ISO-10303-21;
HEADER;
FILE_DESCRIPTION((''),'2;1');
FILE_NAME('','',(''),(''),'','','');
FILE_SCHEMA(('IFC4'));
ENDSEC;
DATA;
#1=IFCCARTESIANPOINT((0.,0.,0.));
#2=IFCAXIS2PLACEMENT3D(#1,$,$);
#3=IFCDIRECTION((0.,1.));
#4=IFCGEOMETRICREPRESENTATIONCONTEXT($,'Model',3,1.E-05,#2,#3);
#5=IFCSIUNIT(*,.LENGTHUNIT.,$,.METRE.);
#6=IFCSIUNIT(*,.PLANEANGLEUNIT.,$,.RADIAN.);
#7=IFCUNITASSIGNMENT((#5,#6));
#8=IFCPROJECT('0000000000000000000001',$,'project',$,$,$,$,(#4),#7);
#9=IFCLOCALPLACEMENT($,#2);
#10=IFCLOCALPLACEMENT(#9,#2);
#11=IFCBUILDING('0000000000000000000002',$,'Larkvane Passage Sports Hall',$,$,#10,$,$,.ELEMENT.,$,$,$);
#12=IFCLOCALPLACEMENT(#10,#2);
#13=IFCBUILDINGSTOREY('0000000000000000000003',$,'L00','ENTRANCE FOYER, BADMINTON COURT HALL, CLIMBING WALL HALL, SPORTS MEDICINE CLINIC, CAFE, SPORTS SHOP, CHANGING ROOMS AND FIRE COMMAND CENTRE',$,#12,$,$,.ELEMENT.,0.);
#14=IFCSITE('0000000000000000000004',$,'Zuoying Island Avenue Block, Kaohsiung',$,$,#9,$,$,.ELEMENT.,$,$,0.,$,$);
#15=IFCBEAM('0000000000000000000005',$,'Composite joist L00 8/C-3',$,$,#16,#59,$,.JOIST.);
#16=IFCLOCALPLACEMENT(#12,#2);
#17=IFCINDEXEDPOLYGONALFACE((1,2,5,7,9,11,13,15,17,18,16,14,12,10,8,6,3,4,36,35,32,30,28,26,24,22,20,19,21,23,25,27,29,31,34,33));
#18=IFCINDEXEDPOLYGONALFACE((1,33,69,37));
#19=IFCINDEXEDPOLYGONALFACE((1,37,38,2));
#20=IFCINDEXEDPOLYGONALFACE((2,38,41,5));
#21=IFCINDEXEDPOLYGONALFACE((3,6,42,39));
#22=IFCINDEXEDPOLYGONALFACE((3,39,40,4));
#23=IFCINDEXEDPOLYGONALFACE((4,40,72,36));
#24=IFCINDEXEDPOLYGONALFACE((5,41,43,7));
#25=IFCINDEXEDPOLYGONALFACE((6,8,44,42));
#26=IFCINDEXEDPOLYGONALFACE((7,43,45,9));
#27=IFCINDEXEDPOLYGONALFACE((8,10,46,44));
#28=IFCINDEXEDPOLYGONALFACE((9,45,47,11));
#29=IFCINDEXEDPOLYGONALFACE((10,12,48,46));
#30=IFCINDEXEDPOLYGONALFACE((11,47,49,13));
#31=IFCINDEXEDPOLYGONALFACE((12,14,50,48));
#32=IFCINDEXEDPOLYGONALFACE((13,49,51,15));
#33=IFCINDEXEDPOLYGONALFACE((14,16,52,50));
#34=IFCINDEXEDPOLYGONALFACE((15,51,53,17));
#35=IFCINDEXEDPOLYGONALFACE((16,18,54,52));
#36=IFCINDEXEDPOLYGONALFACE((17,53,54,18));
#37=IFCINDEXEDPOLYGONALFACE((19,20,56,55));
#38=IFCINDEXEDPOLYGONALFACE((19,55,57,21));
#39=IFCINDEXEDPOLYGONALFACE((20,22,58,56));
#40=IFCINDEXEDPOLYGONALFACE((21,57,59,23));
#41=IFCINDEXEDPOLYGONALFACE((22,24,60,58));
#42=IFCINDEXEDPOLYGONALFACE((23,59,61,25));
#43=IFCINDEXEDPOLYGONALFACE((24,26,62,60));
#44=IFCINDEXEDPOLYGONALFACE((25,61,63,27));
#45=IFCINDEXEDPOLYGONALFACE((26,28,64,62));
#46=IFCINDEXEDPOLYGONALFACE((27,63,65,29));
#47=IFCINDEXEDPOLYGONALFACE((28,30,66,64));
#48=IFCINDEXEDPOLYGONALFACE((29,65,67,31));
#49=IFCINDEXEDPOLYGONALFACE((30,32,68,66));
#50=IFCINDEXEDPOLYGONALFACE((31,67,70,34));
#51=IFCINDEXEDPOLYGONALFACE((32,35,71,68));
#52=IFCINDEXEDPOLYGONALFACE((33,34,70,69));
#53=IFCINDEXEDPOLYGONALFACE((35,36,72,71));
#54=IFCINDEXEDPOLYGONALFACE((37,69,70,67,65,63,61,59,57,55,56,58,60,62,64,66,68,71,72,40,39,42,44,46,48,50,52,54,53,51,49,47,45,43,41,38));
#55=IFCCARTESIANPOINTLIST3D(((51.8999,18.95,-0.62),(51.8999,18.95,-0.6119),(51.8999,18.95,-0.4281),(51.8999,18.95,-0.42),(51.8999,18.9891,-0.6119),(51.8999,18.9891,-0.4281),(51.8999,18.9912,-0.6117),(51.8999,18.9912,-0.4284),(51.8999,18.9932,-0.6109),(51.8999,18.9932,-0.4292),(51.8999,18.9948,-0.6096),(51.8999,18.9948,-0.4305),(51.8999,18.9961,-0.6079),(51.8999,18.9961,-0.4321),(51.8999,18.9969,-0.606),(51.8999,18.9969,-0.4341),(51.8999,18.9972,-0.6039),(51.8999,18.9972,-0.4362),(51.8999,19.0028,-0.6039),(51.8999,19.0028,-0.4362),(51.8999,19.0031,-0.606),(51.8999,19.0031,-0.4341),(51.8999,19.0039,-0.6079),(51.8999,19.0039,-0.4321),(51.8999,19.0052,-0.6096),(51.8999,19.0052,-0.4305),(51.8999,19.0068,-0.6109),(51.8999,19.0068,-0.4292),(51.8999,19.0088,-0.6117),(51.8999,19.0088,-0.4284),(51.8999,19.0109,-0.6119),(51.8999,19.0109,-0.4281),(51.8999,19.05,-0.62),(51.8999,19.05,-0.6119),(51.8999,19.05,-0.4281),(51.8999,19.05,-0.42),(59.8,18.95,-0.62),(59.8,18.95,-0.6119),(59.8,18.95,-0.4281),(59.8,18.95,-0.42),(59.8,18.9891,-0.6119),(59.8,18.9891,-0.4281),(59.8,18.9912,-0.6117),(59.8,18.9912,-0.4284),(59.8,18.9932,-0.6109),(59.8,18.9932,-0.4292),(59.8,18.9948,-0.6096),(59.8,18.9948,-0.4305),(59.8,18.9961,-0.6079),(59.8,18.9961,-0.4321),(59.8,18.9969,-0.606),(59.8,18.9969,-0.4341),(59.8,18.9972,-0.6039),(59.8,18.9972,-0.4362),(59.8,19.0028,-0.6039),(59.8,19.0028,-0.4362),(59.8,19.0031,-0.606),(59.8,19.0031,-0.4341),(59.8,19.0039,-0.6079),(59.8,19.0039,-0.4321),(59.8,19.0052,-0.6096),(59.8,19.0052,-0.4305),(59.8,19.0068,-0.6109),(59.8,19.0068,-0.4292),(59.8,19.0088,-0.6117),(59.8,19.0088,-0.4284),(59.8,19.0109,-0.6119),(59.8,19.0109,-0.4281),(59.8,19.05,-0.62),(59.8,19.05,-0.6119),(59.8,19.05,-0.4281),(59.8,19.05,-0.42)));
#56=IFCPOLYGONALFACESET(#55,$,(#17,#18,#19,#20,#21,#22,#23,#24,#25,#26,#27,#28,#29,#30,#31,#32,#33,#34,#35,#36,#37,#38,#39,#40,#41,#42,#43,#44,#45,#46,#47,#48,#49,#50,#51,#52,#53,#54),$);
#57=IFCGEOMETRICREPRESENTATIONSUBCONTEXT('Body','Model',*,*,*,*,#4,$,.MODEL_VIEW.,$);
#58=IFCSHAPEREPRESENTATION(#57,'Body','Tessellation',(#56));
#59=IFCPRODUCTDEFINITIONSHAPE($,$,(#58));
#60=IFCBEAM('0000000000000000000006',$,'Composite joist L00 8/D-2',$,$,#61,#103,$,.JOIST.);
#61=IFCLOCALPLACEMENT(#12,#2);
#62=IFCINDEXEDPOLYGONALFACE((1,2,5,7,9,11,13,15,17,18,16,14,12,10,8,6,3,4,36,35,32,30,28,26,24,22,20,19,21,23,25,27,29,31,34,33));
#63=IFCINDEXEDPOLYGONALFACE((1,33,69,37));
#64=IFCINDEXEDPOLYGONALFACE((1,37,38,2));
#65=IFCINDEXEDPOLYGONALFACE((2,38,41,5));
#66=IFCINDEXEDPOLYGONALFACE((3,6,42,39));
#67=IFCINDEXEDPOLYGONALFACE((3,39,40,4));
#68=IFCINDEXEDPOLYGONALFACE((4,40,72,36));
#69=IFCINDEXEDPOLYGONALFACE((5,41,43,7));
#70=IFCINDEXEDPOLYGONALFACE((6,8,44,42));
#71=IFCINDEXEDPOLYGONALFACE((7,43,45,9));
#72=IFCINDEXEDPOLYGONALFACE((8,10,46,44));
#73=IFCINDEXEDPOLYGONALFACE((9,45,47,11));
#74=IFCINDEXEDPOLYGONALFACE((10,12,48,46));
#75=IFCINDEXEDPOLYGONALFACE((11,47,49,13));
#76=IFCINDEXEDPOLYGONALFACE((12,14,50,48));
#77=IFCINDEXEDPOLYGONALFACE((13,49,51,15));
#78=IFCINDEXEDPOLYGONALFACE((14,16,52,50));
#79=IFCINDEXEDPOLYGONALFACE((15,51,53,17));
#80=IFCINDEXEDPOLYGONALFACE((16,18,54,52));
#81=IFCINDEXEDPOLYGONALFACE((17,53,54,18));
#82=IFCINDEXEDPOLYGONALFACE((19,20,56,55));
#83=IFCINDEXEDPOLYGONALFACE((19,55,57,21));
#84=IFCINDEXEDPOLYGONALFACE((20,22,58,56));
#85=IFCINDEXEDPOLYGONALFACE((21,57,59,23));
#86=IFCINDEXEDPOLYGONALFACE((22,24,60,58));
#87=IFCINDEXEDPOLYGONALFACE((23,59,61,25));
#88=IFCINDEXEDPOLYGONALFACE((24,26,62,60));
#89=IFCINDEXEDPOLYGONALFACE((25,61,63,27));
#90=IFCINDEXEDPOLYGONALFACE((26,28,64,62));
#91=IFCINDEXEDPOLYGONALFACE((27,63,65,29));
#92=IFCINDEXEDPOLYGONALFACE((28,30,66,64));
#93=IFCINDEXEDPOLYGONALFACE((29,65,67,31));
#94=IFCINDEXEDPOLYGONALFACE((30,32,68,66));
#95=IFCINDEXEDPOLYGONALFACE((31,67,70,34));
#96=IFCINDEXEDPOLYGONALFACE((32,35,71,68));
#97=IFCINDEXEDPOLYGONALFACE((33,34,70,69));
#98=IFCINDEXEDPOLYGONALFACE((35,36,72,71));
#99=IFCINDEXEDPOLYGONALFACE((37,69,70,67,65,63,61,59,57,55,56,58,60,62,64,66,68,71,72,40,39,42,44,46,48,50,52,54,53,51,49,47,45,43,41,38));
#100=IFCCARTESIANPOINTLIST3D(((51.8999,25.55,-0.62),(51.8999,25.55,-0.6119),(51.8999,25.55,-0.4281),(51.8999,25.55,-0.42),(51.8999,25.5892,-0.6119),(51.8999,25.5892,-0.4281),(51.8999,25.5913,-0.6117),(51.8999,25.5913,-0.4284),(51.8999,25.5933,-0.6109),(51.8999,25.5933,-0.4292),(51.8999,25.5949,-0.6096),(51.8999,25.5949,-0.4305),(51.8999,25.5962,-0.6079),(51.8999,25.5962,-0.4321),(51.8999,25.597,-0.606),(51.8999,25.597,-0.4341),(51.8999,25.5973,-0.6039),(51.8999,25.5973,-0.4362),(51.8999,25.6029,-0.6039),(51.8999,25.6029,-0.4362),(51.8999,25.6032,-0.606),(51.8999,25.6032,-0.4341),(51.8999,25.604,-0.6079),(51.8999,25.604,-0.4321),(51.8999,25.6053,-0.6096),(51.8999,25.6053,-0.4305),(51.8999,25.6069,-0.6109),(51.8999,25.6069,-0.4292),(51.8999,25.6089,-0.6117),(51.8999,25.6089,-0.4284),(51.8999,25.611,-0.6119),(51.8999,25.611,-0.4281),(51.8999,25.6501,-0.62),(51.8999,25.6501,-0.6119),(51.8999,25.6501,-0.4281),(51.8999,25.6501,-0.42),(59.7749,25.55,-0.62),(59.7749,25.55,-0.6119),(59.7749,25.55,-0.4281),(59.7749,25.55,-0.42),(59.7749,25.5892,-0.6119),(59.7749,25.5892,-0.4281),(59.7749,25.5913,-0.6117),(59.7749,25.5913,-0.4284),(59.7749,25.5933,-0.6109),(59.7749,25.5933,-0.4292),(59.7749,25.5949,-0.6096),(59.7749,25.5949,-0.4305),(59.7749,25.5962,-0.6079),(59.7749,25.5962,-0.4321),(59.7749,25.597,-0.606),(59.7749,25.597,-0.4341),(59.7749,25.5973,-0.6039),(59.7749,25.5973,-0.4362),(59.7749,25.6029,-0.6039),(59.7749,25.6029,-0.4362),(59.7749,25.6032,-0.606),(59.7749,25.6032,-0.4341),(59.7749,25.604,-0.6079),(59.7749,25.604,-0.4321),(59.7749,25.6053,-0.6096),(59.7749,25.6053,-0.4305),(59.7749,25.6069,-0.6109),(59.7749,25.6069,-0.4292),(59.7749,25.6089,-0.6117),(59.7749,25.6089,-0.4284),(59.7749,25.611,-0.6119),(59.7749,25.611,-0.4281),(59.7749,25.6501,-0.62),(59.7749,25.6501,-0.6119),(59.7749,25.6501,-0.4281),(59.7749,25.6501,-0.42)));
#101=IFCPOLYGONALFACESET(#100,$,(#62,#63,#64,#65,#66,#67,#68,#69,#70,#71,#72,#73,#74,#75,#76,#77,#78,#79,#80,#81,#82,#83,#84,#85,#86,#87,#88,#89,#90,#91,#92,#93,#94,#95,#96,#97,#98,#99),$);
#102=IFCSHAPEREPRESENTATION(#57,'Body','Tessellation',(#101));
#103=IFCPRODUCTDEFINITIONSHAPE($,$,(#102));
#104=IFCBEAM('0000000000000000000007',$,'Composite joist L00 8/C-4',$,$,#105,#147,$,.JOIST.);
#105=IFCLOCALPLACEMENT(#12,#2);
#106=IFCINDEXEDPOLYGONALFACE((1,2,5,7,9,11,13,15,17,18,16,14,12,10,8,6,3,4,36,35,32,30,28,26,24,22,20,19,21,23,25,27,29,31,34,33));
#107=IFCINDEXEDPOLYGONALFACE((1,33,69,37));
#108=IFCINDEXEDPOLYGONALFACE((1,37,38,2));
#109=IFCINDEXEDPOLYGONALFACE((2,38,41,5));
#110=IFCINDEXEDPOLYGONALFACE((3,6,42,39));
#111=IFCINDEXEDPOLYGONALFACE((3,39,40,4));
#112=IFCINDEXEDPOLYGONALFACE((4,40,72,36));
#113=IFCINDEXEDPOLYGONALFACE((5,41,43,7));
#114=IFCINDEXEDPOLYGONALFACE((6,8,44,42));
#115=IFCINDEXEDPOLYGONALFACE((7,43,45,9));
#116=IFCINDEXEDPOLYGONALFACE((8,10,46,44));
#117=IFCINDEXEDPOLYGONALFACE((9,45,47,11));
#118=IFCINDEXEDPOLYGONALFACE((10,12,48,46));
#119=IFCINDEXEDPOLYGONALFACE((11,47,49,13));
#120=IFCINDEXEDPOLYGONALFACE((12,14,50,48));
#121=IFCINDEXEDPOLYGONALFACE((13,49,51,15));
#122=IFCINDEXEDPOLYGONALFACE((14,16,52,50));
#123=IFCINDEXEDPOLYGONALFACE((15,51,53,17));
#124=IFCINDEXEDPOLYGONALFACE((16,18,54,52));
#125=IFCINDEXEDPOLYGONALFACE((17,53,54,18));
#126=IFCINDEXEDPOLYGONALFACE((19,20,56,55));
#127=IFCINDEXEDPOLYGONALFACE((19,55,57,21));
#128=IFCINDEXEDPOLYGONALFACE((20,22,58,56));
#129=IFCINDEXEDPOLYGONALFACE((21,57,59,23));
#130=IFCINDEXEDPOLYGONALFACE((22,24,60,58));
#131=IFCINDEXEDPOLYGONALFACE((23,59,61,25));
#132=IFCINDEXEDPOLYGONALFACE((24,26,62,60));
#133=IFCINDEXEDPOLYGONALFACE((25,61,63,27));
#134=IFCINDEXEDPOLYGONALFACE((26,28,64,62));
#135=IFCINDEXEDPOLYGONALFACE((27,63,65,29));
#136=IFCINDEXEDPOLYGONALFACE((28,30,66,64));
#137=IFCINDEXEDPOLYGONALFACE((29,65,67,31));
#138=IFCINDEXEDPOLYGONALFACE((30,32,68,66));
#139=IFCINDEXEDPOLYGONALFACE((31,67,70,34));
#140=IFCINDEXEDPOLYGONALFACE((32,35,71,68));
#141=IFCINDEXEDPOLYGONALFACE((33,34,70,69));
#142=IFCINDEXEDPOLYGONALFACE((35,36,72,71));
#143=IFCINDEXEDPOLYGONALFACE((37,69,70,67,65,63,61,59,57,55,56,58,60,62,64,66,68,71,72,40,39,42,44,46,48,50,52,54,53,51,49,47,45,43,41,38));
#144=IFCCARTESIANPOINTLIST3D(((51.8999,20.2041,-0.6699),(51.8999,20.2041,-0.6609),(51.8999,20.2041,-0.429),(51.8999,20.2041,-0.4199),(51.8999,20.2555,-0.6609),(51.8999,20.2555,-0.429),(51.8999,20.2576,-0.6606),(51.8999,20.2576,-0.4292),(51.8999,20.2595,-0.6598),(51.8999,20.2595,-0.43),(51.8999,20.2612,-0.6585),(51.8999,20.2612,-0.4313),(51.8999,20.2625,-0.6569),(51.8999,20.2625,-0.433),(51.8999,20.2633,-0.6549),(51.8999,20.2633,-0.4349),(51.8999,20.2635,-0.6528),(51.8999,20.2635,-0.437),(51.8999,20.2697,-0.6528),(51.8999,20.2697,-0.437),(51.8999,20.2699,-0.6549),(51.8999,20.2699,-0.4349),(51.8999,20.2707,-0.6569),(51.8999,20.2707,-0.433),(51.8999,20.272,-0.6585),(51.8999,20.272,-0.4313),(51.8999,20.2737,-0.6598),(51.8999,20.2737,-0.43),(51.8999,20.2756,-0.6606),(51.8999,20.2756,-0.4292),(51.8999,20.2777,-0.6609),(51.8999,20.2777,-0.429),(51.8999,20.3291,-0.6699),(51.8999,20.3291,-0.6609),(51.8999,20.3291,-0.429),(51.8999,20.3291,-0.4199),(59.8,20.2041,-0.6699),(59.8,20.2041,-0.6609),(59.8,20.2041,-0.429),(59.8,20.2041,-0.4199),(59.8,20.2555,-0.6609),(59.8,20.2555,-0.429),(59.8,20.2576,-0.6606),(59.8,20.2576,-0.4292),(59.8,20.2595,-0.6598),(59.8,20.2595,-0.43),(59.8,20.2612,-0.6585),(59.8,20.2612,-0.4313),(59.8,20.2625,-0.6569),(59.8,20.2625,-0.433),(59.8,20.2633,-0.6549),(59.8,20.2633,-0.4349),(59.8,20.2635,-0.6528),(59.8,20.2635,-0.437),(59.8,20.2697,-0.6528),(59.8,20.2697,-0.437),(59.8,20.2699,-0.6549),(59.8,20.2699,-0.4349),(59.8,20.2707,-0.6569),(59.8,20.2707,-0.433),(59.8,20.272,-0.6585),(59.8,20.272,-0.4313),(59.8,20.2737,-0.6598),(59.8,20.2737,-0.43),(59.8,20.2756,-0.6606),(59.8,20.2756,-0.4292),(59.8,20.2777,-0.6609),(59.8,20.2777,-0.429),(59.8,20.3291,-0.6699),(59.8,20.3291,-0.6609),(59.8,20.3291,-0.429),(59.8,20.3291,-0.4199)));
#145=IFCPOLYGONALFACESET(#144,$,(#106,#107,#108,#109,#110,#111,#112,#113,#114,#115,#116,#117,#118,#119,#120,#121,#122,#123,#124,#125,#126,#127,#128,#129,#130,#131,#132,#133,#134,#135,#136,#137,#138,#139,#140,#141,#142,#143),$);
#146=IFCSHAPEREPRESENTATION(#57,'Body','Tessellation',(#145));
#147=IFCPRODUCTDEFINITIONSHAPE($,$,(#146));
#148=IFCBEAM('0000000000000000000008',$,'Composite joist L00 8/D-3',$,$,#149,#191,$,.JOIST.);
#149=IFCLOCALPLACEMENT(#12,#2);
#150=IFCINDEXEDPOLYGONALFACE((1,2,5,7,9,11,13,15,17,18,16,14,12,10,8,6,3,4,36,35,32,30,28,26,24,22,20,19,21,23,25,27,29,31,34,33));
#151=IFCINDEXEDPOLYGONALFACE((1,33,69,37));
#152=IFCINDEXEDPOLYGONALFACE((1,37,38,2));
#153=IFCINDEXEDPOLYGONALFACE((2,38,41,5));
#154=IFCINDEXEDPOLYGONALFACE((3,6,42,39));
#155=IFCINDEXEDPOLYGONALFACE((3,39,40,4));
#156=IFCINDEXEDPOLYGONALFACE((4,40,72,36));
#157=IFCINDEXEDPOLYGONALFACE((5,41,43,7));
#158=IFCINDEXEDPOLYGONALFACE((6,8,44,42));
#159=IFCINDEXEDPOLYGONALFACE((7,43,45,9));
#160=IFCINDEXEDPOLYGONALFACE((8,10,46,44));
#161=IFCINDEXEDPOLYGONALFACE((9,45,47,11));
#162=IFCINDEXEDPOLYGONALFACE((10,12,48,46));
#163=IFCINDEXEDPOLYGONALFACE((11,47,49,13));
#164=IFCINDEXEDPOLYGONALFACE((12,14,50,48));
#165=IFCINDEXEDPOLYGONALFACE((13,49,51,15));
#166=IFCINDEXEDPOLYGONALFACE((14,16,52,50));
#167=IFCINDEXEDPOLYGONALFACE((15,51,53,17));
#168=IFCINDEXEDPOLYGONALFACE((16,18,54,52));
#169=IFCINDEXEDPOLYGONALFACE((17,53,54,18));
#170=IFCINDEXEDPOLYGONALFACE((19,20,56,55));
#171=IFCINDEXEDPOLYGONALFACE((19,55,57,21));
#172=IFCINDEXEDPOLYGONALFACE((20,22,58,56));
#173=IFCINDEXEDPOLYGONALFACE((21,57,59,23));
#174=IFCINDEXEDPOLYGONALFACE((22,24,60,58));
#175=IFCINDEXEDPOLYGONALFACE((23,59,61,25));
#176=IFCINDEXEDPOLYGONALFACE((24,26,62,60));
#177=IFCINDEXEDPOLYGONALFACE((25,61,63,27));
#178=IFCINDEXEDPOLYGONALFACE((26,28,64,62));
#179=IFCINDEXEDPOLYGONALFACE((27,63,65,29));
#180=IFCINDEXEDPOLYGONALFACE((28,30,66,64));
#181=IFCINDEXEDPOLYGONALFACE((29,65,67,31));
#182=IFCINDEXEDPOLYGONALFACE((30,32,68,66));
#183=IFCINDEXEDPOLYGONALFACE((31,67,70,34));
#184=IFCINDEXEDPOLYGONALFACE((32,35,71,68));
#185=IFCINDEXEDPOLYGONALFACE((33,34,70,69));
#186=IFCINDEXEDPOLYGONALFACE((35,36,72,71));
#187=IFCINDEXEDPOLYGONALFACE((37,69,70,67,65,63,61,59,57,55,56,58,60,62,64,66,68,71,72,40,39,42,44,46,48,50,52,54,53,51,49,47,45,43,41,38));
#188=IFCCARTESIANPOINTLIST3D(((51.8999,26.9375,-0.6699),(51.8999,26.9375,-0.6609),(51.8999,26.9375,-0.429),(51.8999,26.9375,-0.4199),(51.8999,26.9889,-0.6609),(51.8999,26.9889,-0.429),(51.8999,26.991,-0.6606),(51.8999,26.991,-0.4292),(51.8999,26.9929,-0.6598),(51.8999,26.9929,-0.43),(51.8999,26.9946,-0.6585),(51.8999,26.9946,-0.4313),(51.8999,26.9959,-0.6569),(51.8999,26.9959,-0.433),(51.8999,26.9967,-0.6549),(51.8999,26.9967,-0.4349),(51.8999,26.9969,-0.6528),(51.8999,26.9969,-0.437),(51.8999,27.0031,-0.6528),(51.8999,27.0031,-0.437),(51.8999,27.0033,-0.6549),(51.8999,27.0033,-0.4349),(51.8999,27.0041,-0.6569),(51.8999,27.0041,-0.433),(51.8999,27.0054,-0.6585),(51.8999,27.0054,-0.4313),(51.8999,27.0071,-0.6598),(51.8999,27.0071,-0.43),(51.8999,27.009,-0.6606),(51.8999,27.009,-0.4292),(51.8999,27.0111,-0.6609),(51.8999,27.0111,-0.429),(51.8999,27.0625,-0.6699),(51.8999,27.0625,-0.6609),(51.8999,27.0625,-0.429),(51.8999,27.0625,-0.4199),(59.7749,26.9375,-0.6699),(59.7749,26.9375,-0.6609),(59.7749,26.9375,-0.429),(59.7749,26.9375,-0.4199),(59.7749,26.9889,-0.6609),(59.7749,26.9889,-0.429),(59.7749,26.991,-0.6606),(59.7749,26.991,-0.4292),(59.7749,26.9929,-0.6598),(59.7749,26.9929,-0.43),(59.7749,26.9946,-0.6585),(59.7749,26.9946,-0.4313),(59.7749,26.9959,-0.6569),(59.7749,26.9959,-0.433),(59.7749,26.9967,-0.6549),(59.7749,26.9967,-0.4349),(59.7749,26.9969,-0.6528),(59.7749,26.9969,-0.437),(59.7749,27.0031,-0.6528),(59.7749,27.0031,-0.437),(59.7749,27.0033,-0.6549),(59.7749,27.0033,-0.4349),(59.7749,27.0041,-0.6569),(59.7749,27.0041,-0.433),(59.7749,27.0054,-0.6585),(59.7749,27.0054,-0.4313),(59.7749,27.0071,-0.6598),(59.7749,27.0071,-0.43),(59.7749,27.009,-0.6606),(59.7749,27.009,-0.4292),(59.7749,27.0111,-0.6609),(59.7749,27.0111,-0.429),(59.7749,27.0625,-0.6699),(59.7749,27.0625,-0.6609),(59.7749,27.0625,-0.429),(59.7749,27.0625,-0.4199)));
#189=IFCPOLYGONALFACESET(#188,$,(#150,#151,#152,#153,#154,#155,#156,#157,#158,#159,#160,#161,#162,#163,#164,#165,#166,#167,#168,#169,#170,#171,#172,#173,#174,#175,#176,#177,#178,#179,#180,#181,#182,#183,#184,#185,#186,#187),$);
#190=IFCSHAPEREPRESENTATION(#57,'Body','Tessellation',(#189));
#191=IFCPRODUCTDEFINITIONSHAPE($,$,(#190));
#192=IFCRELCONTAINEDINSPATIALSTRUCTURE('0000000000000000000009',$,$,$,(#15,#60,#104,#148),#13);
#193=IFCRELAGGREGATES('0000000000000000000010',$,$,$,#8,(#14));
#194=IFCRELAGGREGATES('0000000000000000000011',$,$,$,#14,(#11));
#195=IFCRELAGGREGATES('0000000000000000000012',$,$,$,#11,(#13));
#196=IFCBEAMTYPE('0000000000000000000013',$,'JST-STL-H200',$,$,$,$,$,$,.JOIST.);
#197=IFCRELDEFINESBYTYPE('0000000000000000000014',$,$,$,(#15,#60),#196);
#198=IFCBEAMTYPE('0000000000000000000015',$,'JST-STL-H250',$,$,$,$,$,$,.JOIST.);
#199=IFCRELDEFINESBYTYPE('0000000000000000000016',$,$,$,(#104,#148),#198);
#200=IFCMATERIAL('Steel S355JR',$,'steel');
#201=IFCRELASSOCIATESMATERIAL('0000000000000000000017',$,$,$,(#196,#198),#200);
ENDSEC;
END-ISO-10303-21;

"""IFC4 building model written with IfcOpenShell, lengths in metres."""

from ifc_helpers import new_model, si_unit, direction, frame, origin, origin_2d, place, context, subcontext, project, spatial, i_section, extrude, material, material_profile, profile_set, type_object, element, save


model = new_model("IFC4")

# Units and contexts
model_context = context("Model", 3, precision=1e-05, world=origin(), true_north=direction((0.0, 1.0)))
body_context = subcontext(model_context, "Body", "Model", "MODEL_VIEW")
ifc_project = project(units=[si_unit("LENGTHUNIT", "METRE"), si_unit("PLANEANGLEUNIT", "RADIAN")], contexts=[model_context])

# Site, building, storey
site_placement = place(None, origin())
site = spatial("IfcSite", under=ifc_project, at=site_placement, Name="Zuoying Island Avenue Block, Kaohsiung", CompositionType="ELEMENT", RefElevation=0.0)
building_placement = place(site_placement, origin())
building = spatial("IfcBuilding", under=site, at=building_placement, Name="Larkvane Passage Sports Hall", CompositionType="ELEMENT")
storey_placement = place(building_placement, origin())
storey = spatial("IfcBuildingStorey", under=building, at=storey_placement, Name="L00", Description="ENTRANCE FOYER, BADMINTON COURT HALL, CLIMBING WALL HALL, SPORTS MEDICINE CLINIC, CAFE, SPORTS SHOP, CHANGING ROOMS AND FIRE COMMAND CENTRE", CompositionType="ELEMENT", Elevation=0.0)

# Beams
ifc_material_1 = material(Name="Steel S355JR", Category="steel")
ifc_material_profile_1 = material_profile(ifc_material_1, i_section(OverallWidth=0.1001, OverallDepth=0.2, WebThickness=0.0056, FlangeThickness=0.0081, FilletRadius=0.0081, at=origin_2d()), Name="H-200x100x5.5x8")
ifc_profile_set_1 = profile_set([ifc_material_profile_1], Name="Steel S355JR")
beam_type_1 = type_object("IfcBeamType", Name="JST-STL-H200", PredefinedType="JOIST", material=ifc_profile_set_1)
beam_1_placement = place(storey_placement, frame((51.8999, 19.0, -0.52), z_axis=(1.0, 0.0, 0.0), x_axis=(0.0, 1.0, 0.0)))
element("IfcBeam", 1, at=beam_1_placement, inside=storey, type_object=beam_type_1, Name="Composite joist L00 8/C-3", PredefinedType="JOIST", context=body_context, shape_type="SweptSolid", body=[
    extrude(i_section(OverallWidth=0.1001, OverallDepth=0.2, WebThickness=0.0056, FlangeThickness=0.0081, FilletRadius=0.0081, at=origin_2d()), origin(), (0.0, 0.0, 1.0), 7.9001),
])
beam_2_placement = place(storey_placement, frame((51.8999, 25.6001, -0.52), z_axis=(1.0, 0.0, 0.0), x_axis=(0.0, 1.0, 0.0)))
element("IfcBeam", 2, at=beam_2_placement, inside=storey, type_object=beam_type_1, Name="Composite joist L00 8/D-2", PredefinedType="JOIST", context=body_context, shape_type="SweptSolid", body=[
    extrude(i_section(OverallWidth=0.1001, OverallDepth=0.2, WebThickness=0.0056, FlangeThickness=0.0081, FilletRadius=0.0081, at=origin_2d()), origin(), (0.0, 0.0, 1.0), 7.875),
])
ifc_material_profile_2 = material_profile(ifc_material_1, i_section(OverallWidth=0.125, OverallDepth=0.25, WebThickness=0.0061, FlangeThickness=0.009, FilletRadius=0.0081, at=origin_2d()), Name="H-250x125x6x9")
ifc_profile_set_2 = profile_set([ifc_material_profile_2], Name="Steel S355JR")
beam_type_2 = type_object("IfcBeamType", Name="JST-STL-H250", PredefinedType="JOIST", material=ifc_profile_set_2)
beam_3_placement = place(storey_placement, frame((51.8999, 20.2666, -0.5449), z_axis=(1.0, 0.0, 0.0), x_axis=(0.0, 1.0, 0.0)))
element("IfcBeam", 3, at=beam_3_placement, inside=storey, type_object=beam_type_2, Name="Composite joist L00 8/C-4", PredefinedType="JOIST", context=body_context, shape_type="SweptSolid", body=[
    extrude(i_section(OverallWidth=0.125, OverallDepth=0.25, WebThickness=0.0061, FlangeThickness=0.009, FilletRadius=0.0081, at=origin_2d()), origin(), (0.0, 0.0, 1.0), 7.9001),
])
beam_4_placement = place(storey_placement, frame((51.8999, 27.0, -0.5449), z_axis=(1.0, 0.0, 0.0), x_axis=(0.0, 1.0, 0.0)))
element("IfcBeam", 4, at=beam_4_placement, inside=storey, type_object=beam_type_2, Name="Composite joist L00 8/D-3", PredefinedType="JOIST", context=body_context, shape_type="SweptSolid", body=[
    extrude(i_section(OverallWidth=0.125, OverallDepth=0.25, WebThickness=0.0061, FlangeThickness=0.009, FilletRadius=0.0081, at=origin_2d()), origin(), (0.0, 0.0, 1.0), 7.875),
])

save(model, "model.ifc")
